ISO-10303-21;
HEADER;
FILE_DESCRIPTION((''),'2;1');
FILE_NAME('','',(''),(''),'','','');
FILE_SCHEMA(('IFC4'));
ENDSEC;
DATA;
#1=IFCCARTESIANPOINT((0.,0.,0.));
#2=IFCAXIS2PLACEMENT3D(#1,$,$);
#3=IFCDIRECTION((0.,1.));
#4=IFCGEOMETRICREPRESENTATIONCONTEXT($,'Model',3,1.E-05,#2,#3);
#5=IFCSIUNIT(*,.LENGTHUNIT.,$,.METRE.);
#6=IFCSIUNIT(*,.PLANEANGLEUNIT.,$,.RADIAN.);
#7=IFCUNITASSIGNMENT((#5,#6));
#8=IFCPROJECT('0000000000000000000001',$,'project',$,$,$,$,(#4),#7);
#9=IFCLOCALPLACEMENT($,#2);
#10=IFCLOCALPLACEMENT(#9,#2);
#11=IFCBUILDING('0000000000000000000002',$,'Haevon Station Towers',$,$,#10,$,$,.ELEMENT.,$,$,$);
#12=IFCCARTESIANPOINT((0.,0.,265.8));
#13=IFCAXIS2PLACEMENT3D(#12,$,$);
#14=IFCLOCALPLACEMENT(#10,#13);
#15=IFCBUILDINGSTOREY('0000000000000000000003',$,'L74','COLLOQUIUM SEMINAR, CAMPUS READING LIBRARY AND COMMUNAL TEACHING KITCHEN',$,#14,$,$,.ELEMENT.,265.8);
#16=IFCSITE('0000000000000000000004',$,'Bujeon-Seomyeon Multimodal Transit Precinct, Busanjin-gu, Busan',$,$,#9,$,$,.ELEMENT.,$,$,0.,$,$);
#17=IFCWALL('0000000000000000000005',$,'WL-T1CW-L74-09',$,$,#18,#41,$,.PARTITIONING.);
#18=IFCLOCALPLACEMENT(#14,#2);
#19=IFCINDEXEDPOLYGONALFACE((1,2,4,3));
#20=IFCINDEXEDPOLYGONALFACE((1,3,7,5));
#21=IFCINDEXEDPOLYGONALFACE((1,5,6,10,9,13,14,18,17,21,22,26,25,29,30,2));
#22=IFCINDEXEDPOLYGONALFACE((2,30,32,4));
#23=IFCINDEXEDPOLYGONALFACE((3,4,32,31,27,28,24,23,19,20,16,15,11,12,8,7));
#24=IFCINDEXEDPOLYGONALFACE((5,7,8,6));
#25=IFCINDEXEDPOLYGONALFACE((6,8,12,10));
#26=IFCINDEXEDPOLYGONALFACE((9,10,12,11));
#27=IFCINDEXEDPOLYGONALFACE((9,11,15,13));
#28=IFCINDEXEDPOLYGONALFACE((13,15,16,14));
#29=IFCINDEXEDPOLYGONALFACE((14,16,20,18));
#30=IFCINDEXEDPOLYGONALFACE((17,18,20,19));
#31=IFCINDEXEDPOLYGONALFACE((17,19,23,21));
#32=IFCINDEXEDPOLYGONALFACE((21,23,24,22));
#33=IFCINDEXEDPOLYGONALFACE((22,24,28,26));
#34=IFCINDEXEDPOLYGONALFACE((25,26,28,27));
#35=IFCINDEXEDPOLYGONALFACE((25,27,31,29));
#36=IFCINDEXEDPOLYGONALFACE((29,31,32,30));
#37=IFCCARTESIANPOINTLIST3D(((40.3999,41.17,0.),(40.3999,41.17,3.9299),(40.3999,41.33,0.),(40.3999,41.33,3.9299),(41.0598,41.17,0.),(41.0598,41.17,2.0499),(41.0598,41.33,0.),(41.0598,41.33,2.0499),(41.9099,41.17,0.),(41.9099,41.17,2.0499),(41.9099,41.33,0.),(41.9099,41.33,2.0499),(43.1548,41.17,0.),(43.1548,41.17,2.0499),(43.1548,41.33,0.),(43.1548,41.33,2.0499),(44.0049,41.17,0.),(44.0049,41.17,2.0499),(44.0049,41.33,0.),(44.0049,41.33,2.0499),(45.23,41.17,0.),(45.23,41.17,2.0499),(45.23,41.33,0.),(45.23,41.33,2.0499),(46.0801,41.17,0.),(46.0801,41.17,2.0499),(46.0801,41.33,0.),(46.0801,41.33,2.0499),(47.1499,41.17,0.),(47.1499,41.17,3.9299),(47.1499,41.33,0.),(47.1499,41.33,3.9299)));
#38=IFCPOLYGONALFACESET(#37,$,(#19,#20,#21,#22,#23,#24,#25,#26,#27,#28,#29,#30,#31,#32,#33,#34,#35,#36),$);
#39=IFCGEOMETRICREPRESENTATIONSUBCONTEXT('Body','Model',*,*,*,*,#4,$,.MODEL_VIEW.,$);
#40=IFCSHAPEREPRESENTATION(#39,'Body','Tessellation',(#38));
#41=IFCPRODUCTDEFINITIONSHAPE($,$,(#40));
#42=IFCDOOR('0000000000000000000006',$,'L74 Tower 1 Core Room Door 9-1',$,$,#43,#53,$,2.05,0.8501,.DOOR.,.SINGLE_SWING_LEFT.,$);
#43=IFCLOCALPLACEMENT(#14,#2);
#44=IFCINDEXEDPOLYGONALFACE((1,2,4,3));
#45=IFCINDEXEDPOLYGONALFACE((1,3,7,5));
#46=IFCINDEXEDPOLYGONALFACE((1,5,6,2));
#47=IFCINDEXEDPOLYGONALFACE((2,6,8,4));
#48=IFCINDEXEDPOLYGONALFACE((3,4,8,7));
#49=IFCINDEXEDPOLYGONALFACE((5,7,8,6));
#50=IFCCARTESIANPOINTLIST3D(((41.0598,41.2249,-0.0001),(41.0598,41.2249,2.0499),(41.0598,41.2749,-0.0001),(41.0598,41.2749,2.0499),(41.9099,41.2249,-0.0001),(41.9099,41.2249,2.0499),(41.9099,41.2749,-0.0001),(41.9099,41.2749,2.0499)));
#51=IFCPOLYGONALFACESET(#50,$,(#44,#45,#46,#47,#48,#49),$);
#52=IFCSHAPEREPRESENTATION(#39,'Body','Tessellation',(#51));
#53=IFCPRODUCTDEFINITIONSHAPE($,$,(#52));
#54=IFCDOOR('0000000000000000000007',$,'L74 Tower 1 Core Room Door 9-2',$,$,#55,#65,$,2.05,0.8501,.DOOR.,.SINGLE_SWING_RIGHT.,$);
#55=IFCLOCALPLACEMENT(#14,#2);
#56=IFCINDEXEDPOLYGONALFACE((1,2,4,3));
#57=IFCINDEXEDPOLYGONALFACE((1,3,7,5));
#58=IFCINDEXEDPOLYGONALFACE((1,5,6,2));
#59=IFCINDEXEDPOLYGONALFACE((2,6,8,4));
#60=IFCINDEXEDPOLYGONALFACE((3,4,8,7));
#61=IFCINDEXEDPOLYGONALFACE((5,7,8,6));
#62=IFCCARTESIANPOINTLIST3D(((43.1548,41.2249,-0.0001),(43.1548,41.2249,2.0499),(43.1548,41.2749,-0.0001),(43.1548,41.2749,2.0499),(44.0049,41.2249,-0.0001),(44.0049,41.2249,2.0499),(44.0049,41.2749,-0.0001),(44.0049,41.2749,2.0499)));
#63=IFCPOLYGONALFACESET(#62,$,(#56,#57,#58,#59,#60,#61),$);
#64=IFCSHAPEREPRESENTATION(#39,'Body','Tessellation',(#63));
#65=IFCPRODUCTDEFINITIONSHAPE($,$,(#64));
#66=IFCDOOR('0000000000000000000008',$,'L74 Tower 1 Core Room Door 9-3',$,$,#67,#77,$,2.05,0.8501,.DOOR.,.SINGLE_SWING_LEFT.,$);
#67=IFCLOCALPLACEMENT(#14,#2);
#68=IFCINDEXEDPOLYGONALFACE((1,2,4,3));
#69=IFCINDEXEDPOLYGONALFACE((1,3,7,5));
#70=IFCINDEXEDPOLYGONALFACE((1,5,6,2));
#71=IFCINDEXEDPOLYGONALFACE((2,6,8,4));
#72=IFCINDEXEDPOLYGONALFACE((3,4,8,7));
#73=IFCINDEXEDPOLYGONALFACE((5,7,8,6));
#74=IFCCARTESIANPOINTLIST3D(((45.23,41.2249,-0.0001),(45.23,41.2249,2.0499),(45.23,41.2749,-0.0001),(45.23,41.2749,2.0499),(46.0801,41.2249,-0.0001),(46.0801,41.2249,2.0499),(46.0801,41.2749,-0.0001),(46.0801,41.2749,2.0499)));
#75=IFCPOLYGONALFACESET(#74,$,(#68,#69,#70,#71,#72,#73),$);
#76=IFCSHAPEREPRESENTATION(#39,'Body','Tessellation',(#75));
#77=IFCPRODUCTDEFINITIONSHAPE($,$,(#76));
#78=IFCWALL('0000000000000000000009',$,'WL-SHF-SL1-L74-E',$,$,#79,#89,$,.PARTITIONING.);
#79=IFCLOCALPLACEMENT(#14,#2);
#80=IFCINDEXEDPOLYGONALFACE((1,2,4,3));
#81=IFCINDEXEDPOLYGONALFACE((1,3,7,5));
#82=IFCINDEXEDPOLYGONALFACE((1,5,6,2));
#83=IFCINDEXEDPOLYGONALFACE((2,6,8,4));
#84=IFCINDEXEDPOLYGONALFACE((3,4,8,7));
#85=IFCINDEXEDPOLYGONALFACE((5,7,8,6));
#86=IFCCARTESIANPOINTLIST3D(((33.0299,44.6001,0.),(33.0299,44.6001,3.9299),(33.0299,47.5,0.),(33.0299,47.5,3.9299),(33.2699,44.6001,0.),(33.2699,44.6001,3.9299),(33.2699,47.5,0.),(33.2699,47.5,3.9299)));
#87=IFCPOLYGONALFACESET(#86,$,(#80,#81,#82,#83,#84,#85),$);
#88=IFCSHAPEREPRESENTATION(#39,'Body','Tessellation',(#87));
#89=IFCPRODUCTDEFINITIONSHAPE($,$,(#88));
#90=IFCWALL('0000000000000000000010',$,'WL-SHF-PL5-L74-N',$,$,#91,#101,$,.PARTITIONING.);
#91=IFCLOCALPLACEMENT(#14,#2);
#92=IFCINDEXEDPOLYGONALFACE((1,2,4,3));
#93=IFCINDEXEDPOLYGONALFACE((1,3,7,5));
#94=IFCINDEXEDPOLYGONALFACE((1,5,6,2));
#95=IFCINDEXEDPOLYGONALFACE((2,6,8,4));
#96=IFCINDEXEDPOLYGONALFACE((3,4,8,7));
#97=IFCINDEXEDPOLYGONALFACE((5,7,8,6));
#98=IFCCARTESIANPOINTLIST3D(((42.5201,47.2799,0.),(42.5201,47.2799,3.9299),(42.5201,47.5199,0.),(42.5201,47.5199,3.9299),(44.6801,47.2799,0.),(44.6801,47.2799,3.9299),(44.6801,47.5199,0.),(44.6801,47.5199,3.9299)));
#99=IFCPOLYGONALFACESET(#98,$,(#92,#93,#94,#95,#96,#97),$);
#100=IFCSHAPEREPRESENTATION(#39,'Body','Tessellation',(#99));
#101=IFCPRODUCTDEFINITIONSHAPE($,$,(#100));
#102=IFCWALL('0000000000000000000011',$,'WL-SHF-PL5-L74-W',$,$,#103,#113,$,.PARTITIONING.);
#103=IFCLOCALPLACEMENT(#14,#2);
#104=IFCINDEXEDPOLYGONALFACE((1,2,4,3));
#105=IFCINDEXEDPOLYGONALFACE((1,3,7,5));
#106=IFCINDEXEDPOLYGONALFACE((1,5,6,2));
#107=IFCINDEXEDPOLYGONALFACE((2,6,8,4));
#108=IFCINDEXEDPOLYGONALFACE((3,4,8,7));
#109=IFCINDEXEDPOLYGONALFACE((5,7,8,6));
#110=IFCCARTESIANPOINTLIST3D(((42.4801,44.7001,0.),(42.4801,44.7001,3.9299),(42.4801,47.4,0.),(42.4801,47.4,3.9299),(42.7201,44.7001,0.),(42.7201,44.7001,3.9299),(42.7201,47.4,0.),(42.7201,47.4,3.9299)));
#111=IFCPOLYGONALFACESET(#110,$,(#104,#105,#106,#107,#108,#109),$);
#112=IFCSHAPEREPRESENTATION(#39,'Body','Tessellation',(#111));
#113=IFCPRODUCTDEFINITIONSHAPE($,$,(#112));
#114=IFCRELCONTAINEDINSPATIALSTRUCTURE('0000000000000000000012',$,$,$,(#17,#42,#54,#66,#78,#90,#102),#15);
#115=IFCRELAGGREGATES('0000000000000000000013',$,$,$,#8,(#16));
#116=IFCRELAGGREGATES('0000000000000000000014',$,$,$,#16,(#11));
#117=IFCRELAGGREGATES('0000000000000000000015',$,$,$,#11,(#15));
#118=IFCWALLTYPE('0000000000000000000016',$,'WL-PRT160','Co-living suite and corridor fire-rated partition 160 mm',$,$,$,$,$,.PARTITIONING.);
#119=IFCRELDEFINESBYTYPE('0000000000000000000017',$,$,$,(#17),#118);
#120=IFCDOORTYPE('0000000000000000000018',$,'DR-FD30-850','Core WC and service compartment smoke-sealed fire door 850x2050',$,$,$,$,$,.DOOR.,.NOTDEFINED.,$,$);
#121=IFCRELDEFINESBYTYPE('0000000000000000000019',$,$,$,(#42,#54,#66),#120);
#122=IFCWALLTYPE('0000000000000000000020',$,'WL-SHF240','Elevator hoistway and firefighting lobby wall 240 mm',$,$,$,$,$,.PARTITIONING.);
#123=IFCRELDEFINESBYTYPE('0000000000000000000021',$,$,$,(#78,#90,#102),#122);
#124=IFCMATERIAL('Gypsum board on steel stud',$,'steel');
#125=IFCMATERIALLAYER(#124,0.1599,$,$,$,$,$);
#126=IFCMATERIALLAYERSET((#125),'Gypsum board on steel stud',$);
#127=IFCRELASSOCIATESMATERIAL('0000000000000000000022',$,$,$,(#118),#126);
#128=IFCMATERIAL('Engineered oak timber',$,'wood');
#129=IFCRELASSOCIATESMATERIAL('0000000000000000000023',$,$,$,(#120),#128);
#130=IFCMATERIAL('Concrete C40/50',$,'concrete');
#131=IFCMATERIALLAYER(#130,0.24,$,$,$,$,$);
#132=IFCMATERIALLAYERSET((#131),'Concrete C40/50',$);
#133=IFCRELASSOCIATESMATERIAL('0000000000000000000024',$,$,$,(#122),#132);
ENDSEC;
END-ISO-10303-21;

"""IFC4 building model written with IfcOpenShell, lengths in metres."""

from ifc_helpers import new_model, si_unit, direction, frame, frame_2d, origin, place, context, subcontext, project, spatial, rectangle, extrude, material, layer, layer_set, type_object, element, fill, save


model = new_model("IFC4")

# Units and contexts
model_context = context("Model", 3, precision=1e-05, world=origin(), true_north=direction((0.0, 1.0)))
body_context = subcontext(model_context, "Body", "Model", "MODEL_VIEW")
ifc_project = project(units=[si_unit("LENGTHUNIT", "METRE"), si_unit("PLANEANGLEUNIT", "RADIAN")], contexts=[model_context])

# Site, building, storey
site_placement = place(None, origin())
site = spatial("IfcSite", under=ifc_project, at=site_placement, Name="Bujeon-Seomyeon Multimodal Transit Precinct, Busanjin-gu, Busan", CompositionType="ELEMENT", RefElevation=0.0)
building_placement = place(site_placement, origin())
building = spatial("IfcBuilding", under=site, at=building_placement, Name="Haevon Station Towers", CompositionType="ELEMENT")
storey_placement = place(building_placement, frame((0.0, 0.0, 265.8)))
storey = spatial("IfcBuildingStorey", under=building, at=storey_placement, Name="L74", Description="COLLOQUIUM SEMINAR, CAMPUS READING LIBRARY AND COMMUNAL TEACHING KITCHEN", CompositionType="ELEMENT", Elevation=265.8)

# Shared definitions
ifc_material_1 = material(Name="Gypsum board on steel stud", Category="steel")
ifc_layer_1 = layer(ifc_material_1, 0.1599)
ifc_layer_set_1 = layer_set([ifc_layer_1], Name="Gypsum board on steel stud")
wall_type_1 = type_object("IfcWallType", Name="WL-PRT160", Description="Co-living suite and corridor fire-rated partition 160 mm", PredefinedType="PARTITIONING", material=ifc_layer_set_1)

# Shared definitions
ifc_material_2 = material(Name="Engineered oak timber", Category="wood")

# Wall, openings, doors
wall_1_placement = place(storey_placement, frame((40.3999, 41.25, 0.0), z_axis=(0.0, 0.0, 1.0), x_axis=(1.0, 0.0, 0.0)))
wall_1 = element("IfcWall", 1, at=wall_1_placement, inside=storey, type_object=wall_type_1, Name="WL-T1CW-L74-09", PredefinedType="PARTITIONING", context=body_context, shape_type="SweptSolid", body=[
    extrude(rectangle(XDim=6.75, YDim=0.1599, at=frame_2d((3.375, 0.0))), origin(), (0.0, 0.0, 1.0), 3.9299),
])
opening_1_placement = place(wall_1_placement, frame((0.6599, 0.0, 0.0)))
opening_1 = element("IfcOpeningElement", 2, at=opening_1_placement, cuts=wall_1, PredefinedType="OPENING", context=body_context, shape_type="SweptSolid", body=[
    extrude(rectangle(XDim=0.8501, YDim=2.05, at=frame_2d((0.425, 1.0249))), frame((0.0, 0.0898, 0.0), z_axis=(0.0, -1.0, 0.0), x_axis=(1.0, 0.0, 0.0)), (0.0, 0.0, 1.0), 0.1799),
])
opening_2_placement = place(wall_1_placement, frame((2.7549, 0.0, 0.0)))
opening_2 = element("IfcOpeningElement", 3, at=opening_2_placement, cuts=wall_1, PredefinedType="OPENING", context=body_context, shape_type="SweptSolid", body=[
    extrude(rectangle(XDim=0.8501, YDim=2.05, at=frame_2d((0.425, 1.0249))), frame((0.0, 0.0898, 0.0), z_axis=(0.0, -1.0, 0.0), x_axis=(1.0, 0.0, 0.0)), (0.0, 0.0, 1.0), 0.1799),
])
opening_3_placement = place(wall_1_placement, frame((4.8301, 0.0, 0.0)))
opening_3 = element("IfcOpeningElement", 4, at=opening_3_placement, cuts=wall_1, PredefinedType="OPENING", context=body_context, shape_type="SweptSolid", body=[
    extrude(rectangle(XDim=0.8501, YDim=2.05, at=frame_2d((0.425, 1.0249))), frame((0.0, 0.0898, 0.0), z_axis=(0.0, -1.0, 0.0), x_axis=(1.0, 0.0, 0.0)), (0.0, 0.0, 1.0), 0.1799),
])
door_type_1 = type_object("IfcDoorType", Name="DR-FD30-850", Description="Core WC and service compartment smoke-sealed fire door 850x2050", OperationType="NOTDEFINED", PredefinedType="DOOR", material=ifc_material_2)
door_1_placement = place(opening_1_placement, origin())
door_1 = element("IfcDoor", 5, at=door_1_placement, inside=storey, type_object=door_type_1, Name="L74 Tower 1 Core Room Door 9-1", OperationType="SINGLE_SWING_LEFT", OverallHeight=2.05, OverallWidth=0.8501, PredefinedType="DOOR", context=body_context, shape_type="SweptSolid", body=[
    extrude(rectangle(XDim=0.8501, YDim=2.05, at=frame_2d((0.425, 1.0249))), frame((0.0, 0.0249, 0.0), z_axis=(0.0, -1.0, 0.0), x_axis=(1.0, 0.0, 0.0)), (0.0, 0.0, 1.0), 0.05),
])
fill(opening_1, door_1)
door_2_placement = place(opening_2_placement, origin())
door_2 = element("IfcDoor", 6, at=door_2_placement, inside=storey, type_object=door_type_1, Name="L74 Tower 1 Core Room Door 9-2", OperationType="SINGLE_SWING_RIGHT", OverallHeight=2.05, OverallWidth=0.8501, PredefinedType="DOOR", context=body_context, shape_type="SweptSolid", body=[
    extrude(rectangle(XDim=0.8501, YDim=2.05, at=frame_2d((0.425, 1.0249))), frame((0.0, 0.0249, 0.0), z_axis=(0.0, -1.0, 0.0), x_axis=(1.0, 0.0, 0.0)), (0.0, 0.0, 1.0), 0.05),
])
fill(opening_2, door_2)
door_3_placement = place(opening_3_placement, origin())
door_3 = element("IfcDoor", 7, at=door_3_placement, inside=storey, type_object=door_type_1, Name="L74 Tower 1 Core Room Door 9-3", OperationType="SINGLE_SWING_LEFT", OverallHeight=2.05, OverallWidth=0.8501, PredefinedType="DOOR", context=body_context, shape_type="SweptSolid", body=[
    extrude(rectangle(XDim=0.8501, YDim=2.05, at=frame_2d((0.425, 1.0249))), frame((0.0, 0.0249, 0.0), z_axis=(0.0, -1.0, 0.0), x_axis=(1.0, 0.0, 0.0)), (0.0, 0.0, 1.0), 0.05),
])
fill(opening_3, door_3)

# Wall
ifc_material_3 = material(Name="Concrete C40/50", Category="concrete")
ifc_layer_2 = layer(ifc_material_3, 0.24)
ifc_layer_set_2 = layer_set([ifc_layer_2], Name="Concrete C40/50")
wall_type_2 = type_object("IfcWallType", Name="WL-SHF240", Description="Elevator hoistway and firefighting lobby wall 240 mm", PredefinedType="PARTITIONING", material=ifc_layer_set_2)
wall_2_placement = place(storey_placement, frame((33.1499, 44.6001, 0.0), z_axis=(0.0, 0.0, 1.0), x_axis=(0.0, 1.0, 0.0)))
element("IfcWall", 8, at=wall_2_placement, inside=storey, type_object=wall_type_2, Name="WL-SHF-SL1-L74-E", PredefinedType="PARTITIONING", context=body_context, shape_type="SweptSolid", body=[
    extrude(rectangle(XDim=2.8999, YDim=0.24, at=frame_2d((1.45, 0.0))), origin(), (0.0, 0.0, 1.0), 3.9299),
])

# Walls
wall_3_placement = place(storey_placement, frame((42.52, 47.3999, 0.0), z_axis=(0.0, 0.0, 1.0), x_axis=(1.0, 0.0, 0.0)))
element("IfcWall", 9, at=wall_3_placement, inside=storey, type_object=wall_type_2, Name="WL-SHF-PL5-L74-N", PredefinedType="PARTITIONING", context=body_context, shape_type="SweptSolid", body=[
    extrude(rectangle(XDim=2.1599, YDim=0.24, at=frame_2d((1.0801, 0.0))), origin(), (0.0, 0.0, 1.0), 3.9299),
])
wall_4_placement = place(storey_placement, frame((42.6001, 44.7, 0.0), z_axis=(0.0, 0.0, 1.0), x_axis=(0.0, 1.0, 0.0)))
element("IfcWall", 10, at=wall_4_placement, inside=storey, type_object=wall_type_2, Name="WL-SHF-PL5-L74-W", PredefinedType="PARTITIONING", context=body_context, shape_type="SweptSolid", body=[
    extrude(rectangle(XDim=2.7, YDim=0.24, at=frame_2d((1.3501, 0.0))), origin(), (0.0, 0.0, 1.0), 3.9299),
])

save(model, "model.ifc")
